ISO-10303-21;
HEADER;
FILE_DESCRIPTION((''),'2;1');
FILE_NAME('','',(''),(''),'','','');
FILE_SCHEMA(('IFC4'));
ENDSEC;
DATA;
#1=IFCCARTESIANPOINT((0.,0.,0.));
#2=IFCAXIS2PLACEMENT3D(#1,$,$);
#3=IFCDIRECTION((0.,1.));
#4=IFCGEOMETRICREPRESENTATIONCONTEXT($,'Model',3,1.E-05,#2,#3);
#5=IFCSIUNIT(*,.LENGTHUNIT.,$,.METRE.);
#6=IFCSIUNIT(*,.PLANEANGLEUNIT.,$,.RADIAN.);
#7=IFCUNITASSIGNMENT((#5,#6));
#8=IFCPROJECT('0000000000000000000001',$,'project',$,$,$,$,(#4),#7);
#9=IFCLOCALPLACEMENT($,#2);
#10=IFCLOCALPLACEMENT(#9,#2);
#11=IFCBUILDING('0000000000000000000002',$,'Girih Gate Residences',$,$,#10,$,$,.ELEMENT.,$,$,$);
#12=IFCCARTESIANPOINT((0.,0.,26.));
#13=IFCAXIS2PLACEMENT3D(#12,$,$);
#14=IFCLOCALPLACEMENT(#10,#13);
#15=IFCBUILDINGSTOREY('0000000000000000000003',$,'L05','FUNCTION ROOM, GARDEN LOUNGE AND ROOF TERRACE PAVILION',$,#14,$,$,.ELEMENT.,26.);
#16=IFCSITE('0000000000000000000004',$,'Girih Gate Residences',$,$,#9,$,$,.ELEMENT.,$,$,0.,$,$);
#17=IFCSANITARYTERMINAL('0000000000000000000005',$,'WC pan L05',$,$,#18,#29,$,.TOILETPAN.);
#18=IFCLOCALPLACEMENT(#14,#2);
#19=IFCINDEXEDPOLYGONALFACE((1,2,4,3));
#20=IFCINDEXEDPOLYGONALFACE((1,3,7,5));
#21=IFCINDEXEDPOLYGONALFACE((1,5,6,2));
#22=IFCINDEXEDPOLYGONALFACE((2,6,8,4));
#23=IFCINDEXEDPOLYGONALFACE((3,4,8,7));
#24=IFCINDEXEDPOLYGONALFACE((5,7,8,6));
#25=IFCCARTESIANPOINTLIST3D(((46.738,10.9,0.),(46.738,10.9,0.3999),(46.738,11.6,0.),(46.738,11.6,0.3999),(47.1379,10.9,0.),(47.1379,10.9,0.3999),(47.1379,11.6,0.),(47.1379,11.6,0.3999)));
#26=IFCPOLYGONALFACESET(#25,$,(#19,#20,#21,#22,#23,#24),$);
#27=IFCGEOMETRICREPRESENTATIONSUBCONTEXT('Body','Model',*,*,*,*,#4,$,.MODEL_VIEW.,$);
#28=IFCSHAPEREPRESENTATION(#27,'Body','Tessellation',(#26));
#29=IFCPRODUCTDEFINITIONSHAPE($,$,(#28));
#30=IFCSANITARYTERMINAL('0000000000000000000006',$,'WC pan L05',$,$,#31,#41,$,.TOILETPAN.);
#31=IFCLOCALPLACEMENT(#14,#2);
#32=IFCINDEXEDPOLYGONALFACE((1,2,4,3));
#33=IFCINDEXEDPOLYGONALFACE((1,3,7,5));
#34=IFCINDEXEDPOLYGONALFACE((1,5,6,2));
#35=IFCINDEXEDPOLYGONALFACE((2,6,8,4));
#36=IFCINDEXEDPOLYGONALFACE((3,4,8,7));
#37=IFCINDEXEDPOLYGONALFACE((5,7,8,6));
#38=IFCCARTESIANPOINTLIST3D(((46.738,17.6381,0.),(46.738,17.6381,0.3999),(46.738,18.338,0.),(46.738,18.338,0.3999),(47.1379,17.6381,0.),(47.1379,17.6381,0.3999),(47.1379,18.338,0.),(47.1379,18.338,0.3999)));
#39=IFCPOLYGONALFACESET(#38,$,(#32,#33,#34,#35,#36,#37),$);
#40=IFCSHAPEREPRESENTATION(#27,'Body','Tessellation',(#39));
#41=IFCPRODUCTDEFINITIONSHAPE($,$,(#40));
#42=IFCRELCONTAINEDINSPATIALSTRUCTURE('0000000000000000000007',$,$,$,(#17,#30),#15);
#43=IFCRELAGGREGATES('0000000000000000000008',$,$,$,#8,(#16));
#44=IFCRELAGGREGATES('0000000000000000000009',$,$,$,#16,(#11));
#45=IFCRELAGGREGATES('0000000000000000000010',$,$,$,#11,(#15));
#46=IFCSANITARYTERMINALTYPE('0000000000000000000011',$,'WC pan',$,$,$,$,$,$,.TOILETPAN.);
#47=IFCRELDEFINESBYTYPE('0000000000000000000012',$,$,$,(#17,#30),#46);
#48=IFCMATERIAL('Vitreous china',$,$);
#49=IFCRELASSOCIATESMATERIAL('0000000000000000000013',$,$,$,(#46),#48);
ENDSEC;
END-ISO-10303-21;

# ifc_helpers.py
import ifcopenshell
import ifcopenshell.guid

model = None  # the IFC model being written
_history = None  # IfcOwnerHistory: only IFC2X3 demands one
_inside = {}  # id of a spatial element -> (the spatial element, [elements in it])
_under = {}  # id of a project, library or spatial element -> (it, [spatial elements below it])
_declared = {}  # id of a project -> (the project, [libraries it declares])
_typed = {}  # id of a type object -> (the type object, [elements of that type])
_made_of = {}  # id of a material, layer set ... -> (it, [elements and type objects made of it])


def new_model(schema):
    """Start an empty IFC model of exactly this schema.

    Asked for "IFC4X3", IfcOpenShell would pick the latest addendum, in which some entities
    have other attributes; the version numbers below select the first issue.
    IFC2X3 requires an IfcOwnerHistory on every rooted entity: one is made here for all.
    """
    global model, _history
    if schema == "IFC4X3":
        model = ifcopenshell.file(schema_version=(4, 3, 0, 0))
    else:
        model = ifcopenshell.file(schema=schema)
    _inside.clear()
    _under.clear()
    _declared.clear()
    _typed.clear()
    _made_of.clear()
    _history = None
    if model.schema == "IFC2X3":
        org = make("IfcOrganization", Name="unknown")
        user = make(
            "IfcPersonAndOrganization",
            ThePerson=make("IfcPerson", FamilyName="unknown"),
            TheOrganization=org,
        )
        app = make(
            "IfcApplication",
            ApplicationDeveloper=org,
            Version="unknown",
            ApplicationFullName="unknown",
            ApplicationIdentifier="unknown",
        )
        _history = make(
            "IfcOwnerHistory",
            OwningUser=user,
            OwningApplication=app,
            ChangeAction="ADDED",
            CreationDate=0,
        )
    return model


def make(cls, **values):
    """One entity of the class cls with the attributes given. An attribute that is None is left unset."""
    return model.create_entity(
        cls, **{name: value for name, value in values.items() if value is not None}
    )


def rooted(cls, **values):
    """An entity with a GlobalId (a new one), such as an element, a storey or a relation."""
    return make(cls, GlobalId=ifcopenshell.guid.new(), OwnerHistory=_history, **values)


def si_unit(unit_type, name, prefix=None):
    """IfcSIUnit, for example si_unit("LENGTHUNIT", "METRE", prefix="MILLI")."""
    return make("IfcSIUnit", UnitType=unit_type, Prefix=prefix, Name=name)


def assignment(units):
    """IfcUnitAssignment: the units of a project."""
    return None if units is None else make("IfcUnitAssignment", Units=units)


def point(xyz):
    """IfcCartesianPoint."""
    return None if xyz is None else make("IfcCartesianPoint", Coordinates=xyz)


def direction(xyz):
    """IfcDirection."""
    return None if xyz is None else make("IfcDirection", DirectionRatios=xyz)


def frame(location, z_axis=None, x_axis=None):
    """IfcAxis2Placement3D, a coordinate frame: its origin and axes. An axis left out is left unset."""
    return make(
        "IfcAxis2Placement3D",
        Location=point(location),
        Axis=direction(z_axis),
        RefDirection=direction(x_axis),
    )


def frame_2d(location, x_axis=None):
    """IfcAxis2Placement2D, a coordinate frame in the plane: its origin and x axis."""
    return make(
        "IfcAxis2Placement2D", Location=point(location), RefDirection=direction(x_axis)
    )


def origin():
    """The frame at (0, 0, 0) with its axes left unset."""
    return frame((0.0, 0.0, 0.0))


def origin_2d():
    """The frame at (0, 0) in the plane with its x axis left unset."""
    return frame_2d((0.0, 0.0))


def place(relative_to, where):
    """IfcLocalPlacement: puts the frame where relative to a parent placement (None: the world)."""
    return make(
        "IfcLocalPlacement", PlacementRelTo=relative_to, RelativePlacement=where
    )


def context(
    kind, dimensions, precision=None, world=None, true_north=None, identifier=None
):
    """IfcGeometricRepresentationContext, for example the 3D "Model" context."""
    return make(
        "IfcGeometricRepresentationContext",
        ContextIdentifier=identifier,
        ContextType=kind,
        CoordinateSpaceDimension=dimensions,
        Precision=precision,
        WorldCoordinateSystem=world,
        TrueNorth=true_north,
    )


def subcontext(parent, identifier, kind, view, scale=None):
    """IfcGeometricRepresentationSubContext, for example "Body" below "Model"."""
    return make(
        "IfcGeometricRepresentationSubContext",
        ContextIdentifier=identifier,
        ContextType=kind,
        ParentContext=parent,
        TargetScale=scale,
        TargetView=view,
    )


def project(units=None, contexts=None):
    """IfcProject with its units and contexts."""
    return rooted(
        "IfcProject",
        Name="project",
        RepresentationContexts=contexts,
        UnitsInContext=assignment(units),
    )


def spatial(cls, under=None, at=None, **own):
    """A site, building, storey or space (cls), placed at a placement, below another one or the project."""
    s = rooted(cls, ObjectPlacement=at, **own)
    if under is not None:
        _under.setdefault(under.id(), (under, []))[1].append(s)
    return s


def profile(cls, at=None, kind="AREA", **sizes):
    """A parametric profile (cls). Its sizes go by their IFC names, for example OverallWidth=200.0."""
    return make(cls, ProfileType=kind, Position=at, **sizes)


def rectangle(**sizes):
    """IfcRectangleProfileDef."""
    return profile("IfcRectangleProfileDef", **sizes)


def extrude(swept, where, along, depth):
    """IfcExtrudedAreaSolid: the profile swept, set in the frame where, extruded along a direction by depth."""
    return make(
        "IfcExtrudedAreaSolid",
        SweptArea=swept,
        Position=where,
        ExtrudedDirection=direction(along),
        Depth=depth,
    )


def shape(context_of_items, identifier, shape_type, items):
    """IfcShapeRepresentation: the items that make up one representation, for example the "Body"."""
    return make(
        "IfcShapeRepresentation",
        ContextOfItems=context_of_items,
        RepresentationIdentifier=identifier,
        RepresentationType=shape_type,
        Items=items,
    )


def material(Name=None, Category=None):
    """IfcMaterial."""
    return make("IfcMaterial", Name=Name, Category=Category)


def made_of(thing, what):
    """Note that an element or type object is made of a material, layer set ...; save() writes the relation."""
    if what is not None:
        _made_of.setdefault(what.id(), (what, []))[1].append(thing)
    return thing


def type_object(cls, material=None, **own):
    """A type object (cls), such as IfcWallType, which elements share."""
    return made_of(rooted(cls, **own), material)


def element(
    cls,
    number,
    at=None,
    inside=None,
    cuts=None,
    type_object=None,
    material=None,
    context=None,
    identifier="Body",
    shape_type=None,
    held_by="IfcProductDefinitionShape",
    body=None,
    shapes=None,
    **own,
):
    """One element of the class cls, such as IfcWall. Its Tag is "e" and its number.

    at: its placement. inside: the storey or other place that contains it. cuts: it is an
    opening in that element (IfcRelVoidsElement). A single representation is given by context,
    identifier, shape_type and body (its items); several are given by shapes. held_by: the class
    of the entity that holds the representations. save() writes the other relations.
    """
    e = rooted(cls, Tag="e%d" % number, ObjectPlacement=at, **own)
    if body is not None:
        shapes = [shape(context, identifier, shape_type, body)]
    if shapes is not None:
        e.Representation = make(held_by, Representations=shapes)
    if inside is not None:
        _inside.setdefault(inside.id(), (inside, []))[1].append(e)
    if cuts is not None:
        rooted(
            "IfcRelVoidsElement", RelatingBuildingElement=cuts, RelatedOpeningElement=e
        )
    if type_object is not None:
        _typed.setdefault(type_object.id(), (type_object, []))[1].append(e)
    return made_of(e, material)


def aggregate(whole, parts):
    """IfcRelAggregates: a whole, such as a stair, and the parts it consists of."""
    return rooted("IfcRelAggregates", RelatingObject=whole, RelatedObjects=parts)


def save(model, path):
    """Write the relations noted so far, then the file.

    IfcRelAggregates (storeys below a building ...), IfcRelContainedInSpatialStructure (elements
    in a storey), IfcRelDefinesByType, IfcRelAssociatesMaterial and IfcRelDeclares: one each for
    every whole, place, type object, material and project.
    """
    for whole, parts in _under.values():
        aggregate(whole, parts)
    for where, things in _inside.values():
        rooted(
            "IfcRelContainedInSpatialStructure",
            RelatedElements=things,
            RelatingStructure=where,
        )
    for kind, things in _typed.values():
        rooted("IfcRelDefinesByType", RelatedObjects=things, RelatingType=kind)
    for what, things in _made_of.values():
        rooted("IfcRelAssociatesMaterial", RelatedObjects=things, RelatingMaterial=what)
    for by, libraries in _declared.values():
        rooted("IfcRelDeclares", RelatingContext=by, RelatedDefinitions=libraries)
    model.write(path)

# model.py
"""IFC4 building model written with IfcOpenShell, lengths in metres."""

from ifc_helpers import new_model, si_unit, direction, frame, origin, origin_2d, place, context, subcontext, project, spatial, rectangle, extrude, material, type_object, element, save


model = new_model("IFC4")

# Units and contexts
model_context = context("Model", 3, precision=1e-05, world=origin(), true_north=direction((0.0, 1.0)))
body_context = subcontext(model_context, "Body", "Model", "MODEL_VIEW")
ifc_project = project(units=[si_unit("LENGTHUNIT", "METRE"), si_unit("PLANEANGLEUNIT", "RADIAN")], contexts=[model_context])

# Site, building, storey
site_placement = place(None, origin())
site = spatial("IfcSite", under=ifc_project, at=site_placement, Name="Girih Gate Residences", CompositionType="ELEMENT", RefElevation=0.0)
building_placement = place(site_placement, origin())
building = spatial("IfcBuilding", under=site, at=building_placement, Name="Girih Gate Residences", CompositionType="ELEMENT")
storey_placement = place(building_placement, frame((0.0, 0.0, 26.0)))
storey = spatial("IfcBuildingStorey", under=building, at=storey_placement, Name="L05", Description="FUNCTION ROOM, GARDEN LOUNGE AND ROOF TERRACE PAVILION", CompositionType="ELEMENT", Elevation=26.0)

# Sanitary terminals
ifc_material_1 = material(Name="Vitreous china")
sanitary_terminal_type = type_object("IfcSanitaryTerminalType", Name="WC pan", PredefinedType="TOILETPAN", material=ifc_material_1)
for number, where, z_axis, x_axis, name in (
    (1, (46.938, 11.25, 0.0), (0.0, 0.0, 1.0), (1.0, 0.0, 0.0), "WC pan L05"),
    (2, (46.938, 17.988, 0.0), (0.0, 0.0, 1.0), (1.0, 0.0, 0.0), "WC pan L05"),
):
    element("IfcSanitaryTerminal", number, at=place(storey_placement, frame(where, z_axis=z_axis, x_axis=x_axis)), inside=storey, type_object=sanitary_terminal_type, Name=name, PredefinedType="TOILETPAN", context=body_context, shape_type="SweptSolid", body=[
        extrude(rectangle(XDim=0.3999, YDim=0.7, at=origin_2d()), origin(), (0.0, 0.0, 1.0), 0.3999),
    ])

save(model, "model.ifc")
